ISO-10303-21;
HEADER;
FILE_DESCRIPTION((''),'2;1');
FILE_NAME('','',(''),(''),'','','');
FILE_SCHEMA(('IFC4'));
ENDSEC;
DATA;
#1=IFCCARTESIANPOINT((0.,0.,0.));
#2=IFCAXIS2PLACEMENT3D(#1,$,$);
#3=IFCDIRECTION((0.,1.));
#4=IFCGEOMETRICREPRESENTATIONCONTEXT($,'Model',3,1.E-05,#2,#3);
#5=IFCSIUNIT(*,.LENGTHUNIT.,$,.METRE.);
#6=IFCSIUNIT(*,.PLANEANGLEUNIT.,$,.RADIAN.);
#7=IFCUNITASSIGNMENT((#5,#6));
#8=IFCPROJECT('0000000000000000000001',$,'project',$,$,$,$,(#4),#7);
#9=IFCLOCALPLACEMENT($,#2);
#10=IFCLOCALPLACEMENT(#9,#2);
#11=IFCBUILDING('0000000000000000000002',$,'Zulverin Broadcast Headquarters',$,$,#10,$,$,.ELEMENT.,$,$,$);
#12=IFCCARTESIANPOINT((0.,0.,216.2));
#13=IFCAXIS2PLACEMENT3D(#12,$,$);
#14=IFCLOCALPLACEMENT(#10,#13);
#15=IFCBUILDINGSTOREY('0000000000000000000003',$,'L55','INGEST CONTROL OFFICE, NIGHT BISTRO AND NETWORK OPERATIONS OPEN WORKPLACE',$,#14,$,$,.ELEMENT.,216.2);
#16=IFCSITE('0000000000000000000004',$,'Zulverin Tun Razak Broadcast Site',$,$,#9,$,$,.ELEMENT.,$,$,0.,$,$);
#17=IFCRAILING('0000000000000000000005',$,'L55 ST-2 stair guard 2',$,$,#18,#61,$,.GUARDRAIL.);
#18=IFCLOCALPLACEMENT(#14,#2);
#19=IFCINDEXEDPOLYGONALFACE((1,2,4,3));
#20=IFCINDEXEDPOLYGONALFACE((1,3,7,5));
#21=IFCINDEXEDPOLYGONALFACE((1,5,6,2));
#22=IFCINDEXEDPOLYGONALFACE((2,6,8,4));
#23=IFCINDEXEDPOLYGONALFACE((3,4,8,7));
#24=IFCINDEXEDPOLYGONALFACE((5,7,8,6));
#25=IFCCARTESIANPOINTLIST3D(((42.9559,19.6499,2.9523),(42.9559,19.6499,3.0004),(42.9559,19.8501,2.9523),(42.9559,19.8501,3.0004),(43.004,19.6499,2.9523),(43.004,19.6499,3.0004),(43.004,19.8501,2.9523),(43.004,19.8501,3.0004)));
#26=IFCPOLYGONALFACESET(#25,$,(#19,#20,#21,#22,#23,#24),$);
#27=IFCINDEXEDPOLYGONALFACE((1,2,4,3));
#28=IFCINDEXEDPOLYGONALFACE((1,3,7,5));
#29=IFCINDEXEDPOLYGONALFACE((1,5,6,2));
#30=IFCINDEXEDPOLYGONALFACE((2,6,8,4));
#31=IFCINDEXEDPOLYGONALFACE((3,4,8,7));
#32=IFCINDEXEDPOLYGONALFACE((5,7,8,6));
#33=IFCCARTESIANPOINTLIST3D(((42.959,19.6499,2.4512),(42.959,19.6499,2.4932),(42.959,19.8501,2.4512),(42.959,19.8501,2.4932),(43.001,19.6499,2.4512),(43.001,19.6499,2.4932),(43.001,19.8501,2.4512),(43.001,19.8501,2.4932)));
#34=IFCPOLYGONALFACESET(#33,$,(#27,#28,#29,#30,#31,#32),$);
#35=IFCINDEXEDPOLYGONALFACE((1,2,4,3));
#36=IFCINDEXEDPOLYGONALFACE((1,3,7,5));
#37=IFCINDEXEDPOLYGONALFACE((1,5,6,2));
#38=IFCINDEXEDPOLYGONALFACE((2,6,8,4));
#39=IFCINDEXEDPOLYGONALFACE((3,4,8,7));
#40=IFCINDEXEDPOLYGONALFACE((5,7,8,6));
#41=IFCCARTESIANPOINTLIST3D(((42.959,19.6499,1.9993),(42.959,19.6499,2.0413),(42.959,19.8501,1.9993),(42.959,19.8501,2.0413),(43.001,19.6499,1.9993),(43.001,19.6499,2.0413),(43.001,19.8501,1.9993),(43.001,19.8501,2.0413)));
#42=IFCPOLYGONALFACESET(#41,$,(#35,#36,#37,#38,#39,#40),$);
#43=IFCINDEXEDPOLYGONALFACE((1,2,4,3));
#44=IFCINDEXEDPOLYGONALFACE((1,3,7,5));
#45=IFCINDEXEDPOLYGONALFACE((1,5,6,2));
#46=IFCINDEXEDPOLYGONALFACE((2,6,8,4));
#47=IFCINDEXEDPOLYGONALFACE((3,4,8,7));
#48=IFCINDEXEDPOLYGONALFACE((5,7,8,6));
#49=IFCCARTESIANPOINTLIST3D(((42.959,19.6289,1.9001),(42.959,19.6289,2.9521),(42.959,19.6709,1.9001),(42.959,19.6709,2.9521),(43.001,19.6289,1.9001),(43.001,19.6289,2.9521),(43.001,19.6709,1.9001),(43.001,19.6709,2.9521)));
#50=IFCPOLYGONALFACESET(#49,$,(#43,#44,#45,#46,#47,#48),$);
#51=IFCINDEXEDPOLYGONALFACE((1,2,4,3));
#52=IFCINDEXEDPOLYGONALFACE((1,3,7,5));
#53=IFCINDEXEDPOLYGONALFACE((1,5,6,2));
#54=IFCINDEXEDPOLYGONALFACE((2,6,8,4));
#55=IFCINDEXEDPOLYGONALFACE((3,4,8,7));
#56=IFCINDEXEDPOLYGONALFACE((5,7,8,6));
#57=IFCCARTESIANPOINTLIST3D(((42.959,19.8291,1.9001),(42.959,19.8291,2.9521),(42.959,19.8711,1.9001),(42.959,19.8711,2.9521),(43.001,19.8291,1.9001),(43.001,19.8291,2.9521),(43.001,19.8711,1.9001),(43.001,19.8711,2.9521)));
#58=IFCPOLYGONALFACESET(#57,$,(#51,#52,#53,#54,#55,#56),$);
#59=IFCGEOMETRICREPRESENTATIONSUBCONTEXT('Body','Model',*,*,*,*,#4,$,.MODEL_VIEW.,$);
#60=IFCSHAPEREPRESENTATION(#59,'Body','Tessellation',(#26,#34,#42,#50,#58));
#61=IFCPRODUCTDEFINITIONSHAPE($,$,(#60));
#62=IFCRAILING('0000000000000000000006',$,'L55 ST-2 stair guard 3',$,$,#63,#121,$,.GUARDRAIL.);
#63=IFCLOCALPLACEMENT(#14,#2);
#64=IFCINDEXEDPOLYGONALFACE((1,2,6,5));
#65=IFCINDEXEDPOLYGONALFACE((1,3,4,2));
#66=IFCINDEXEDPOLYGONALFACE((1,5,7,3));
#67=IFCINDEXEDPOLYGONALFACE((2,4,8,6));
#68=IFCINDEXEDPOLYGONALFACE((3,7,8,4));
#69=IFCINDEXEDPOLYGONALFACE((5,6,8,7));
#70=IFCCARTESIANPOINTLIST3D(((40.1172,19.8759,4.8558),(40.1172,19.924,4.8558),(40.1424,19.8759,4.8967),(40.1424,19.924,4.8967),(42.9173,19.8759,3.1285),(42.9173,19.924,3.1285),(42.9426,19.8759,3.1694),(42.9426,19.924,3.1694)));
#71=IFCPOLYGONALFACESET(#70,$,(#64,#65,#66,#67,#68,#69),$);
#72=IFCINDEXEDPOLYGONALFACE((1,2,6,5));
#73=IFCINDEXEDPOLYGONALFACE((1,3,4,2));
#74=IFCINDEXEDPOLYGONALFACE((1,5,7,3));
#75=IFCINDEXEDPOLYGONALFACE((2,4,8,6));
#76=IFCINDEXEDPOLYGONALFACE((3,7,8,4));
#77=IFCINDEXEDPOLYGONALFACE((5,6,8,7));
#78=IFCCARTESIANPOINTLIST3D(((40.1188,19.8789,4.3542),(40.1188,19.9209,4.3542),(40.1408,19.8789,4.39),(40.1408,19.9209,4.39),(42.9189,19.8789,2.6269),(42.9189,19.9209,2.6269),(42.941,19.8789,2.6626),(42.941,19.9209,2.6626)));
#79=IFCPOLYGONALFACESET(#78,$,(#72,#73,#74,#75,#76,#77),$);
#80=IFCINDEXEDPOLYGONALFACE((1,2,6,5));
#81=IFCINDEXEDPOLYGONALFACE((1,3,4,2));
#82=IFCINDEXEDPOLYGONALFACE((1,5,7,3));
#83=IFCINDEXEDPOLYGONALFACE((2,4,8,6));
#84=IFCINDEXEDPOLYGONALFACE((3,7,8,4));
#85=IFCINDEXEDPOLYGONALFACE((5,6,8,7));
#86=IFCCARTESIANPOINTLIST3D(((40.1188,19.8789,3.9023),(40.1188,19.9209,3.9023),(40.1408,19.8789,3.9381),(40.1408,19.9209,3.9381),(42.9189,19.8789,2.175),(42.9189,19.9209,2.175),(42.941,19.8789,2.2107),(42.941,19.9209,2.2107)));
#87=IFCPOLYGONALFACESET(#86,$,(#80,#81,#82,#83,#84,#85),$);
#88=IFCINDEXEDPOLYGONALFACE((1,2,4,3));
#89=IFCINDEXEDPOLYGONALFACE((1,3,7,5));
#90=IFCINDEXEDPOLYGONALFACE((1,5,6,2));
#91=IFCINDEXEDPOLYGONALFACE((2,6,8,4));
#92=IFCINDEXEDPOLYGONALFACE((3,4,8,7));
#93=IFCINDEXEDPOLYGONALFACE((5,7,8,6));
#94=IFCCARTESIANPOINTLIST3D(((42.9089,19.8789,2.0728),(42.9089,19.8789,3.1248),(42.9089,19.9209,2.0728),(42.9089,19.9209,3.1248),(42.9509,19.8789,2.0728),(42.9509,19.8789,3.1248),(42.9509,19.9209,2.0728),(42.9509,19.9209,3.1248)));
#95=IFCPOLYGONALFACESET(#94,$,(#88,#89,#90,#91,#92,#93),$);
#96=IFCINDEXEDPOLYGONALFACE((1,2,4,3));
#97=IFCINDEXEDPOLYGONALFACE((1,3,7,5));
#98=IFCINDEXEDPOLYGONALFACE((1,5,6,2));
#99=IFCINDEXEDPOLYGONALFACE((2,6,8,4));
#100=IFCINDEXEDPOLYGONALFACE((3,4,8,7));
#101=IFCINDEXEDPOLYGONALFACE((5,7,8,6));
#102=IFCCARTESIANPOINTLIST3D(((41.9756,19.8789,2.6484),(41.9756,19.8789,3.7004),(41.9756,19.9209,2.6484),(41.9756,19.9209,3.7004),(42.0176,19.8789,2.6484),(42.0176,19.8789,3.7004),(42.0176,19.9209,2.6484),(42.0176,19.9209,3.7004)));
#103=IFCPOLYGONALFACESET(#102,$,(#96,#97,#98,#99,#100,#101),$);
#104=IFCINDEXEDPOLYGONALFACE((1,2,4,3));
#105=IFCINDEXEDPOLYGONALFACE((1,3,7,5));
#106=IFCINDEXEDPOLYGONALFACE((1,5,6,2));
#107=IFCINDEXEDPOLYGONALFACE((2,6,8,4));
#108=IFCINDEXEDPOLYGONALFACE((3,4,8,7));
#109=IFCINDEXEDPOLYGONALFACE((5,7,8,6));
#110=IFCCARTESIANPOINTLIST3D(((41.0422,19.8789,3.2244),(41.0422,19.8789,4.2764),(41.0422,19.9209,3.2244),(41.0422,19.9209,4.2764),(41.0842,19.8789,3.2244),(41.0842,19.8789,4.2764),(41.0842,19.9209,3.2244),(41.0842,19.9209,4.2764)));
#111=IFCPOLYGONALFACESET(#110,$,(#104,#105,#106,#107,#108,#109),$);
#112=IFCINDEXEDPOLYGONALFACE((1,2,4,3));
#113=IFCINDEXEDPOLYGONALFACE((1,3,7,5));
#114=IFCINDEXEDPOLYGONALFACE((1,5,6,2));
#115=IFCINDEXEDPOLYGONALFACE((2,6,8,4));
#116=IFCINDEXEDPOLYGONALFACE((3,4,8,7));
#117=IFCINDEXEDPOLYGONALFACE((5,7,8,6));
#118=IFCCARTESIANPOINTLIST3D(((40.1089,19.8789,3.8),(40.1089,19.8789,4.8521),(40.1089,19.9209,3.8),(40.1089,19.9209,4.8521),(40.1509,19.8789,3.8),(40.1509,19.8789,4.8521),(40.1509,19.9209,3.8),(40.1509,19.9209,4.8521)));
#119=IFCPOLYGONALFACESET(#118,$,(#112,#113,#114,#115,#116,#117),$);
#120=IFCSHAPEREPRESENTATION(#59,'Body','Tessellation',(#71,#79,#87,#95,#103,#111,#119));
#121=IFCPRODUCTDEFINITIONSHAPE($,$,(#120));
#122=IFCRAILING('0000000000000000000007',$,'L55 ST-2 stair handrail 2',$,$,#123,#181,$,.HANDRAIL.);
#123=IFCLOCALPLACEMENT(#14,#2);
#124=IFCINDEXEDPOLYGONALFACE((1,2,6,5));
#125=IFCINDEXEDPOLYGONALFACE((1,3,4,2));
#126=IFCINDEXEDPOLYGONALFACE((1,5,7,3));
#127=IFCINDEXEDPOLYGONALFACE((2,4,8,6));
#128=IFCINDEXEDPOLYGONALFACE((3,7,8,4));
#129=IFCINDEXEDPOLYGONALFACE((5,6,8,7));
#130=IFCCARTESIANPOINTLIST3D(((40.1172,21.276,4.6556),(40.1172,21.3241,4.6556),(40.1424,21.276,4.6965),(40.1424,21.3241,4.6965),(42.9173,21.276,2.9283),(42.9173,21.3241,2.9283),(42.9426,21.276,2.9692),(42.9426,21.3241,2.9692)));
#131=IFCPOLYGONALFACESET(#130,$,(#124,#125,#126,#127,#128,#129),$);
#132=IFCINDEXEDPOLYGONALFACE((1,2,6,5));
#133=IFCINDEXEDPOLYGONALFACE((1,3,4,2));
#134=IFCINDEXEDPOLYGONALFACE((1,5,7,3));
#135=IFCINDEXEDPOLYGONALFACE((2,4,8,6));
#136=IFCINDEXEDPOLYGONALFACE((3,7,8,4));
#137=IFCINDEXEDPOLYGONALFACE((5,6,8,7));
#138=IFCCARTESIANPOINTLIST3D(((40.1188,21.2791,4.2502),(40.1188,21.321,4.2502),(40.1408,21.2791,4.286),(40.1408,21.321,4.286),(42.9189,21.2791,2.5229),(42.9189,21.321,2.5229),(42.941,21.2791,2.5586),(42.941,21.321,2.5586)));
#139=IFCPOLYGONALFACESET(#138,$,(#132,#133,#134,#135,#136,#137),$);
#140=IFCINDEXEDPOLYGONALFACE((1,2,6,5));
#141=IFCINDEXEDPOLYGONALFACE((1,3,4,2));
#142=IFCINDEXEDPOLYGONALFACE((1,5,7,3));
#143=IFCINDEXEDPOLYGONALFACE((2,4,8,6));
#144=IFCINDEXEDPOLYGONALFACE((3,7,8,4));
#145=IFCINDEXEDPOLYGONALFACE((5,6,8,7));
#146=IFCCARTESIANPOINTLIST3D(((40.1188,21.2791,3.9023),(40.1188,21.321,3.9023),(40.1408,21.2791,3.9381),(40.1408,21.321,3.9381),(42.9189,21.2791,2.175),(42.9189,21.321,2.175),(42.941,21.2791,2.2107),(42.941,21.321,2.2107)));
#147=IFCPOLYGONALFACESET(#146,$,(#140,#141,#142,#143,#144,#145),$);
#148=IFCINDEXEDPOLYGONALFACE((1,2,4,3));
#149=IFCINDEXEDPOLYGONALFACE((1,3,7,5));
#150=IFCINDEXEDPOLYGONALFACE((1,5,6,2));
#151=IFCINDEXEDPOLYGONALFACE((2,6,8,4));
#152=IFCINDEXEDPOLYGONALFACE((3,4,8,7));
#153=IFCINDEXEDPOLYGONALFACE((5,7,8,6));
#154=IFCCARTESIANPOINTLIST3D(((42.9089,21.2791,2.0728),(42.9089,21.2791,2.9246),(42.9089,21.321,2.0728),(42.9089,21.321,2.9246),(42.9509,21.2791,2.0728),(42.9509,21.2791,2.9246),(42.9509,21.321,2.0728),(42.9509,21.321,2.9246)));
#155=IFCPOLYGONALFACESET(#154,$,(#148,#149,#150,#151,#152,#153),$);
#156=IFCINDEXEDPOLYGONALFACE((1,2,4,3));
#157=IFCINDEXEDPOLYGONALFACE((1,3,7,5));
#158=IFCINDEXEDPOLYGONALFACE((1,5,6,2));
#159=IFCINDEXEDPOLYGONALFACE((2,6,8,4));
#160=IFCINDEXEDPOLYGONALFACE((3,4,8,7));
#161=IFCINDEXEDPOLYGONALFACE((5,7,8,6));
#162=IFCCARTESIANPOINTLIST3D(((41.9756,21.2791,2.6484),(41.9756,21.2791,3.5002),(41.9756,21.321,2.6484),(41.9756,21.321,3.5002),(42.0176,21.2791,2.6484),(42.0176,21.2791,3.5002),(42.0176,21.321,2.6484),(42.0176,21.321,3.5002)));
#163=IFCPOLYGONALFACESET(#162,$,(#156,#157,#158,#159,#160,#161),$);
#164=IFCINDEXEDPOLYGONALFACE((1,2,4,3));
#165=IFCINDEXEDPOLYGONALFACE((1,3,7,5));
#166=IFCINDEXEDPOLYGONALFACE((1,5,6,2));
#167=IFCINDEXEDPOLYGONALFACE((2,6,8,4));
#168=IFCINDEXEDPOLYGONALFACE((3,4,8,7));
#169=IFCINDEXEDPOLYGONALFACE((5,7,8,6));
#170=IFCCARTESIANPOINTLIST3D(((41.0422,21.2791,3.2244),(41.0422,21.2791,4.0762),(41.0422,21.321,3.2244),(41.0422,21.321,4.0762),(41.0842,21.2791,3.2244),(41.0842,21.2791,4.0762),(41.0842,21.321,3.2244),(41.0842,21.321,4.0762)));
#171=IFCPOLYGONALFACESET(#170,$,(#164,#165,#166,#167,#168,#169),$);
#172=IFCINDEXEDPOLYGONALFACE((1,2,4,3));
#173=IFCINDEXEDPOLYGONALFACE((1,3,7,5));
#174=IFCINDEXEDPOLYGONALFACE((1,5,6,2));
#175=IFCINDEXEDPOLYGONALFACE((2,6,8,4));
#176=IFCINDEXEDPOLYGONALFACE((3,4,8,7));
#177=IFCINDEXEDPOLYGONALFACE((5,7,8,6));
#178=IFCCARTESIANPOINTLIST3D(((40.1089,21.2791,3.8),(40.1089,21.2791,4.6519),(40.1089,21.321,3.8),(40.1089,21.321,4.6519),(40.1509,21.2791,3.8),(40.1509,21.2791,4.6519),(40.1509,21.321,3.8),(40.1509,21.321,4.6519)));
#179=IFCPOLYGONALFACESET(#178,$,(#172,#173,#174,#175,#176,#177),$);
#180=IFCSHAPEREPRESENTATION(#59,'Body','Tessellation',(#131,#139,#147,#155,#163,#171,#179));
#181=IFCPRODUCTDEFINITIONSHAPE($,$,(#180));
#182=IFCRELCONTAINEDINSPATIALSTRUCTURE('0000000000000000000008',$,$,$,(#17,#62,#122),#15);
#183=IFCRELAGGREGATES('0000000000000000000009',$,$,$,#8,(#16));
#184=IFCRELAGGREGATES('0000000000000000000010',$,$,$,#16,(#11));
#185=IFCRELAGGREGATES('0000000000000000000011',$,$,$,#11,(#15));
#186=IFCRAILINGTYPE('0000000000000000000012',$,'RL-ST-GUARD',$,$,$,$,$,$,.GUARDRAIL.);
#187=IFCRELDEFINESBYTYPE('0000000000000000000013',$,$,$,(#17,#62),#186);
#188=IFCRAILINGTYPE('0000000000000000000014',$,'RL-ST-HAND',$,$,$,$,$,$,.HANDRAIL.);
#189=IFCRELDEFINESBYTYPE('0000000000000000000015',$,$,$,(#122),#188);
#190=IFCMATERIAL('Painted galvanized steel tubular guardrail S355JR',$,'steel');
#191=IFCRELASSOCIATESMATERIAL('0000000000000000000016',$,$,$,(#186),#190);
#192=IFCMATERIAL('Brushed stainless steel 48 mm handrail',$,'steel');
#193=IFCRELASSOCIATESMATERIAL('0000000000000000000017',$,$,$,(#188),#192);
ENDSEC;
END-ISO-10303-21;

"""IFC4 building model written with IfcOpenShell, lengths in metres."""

from ifc_helpers import new_model, si_unit, direction, frame, origin, origin_2d, place, context, subcontext, project, spatial, rectangle, extrude, material, type_object, element, save


model = new_model("IFC4")

# Units and contexts
model_context = context("Model", 3, precision=1e-05, world=origin(), true_north=direction((0.0, 1.0)))
body_context = subcontext(model_context, "Body", "Model", "MODEL_VIEW")
ifc_project = project(units=[si_unit("LENGTHUNIT", "METRE"), si_unit("PLANEANGLEUNIT", "RADIAN")], contexts=[model_context])

# Site, building, storey
site_placement = place(None, origin())
site = spatial("IfcSite", under=ifc_project, at=site_placement, Name="Zulverin Tun Razak Broadcast Site", CompositionType="ELEMENT", RefElevation=0.0)
building_placement = place(site_placement, origin())
building = spatial("IfcBuilding", under=site, at=building_placement, Name="Zulverin Broadcast Headquarters", CompositionType="ELEMENT")
storey_placement = place(building_placement, frame((0.0, 0.0, 216.2)))
storey = spatial("IfcBuildingStorey", under=building, at=storey_placement, Name="L55", Description="INGEST CONTROL OFFICE, NIGHT BISTRO AND NETWORK OPERATIONS OPEN WORKPLACE", CompositionType="ELEMENT", Elevation=216.2)

# Railings
ifc_material_1 = material(Name="Painted galvanized steel tubular guardrail S355JR", Category="steel")
railing_type_1 = type_object("IfcRailingType", Name="RL-ST-GUARD", PredefinedType="GUARDRAIL", material=ifc_material_1)
railing_1_placement = place(storey_placement, frame((42.98, 19.6499, 1.9001)))
element("IfcRailing", 1, at=railing_1_placement, inside=storey, type_object=railing_type_1, Name="L55 ST-2 stair guard 2", PredefinedType="GUARDRAIL", context=body_context, shape_type="SweptSolid", body=[
    extrude(rectangle(XDim=0.0481, YDim=0.0481, at=origin_2d()), frame((0.0, 0.0, 1.0762), z_axis=(0.0, 1.0, 0.0), x_axis=(-1.0, 0.0, 0.0)), (0.0, 0.0, 1.0), 0.2002),
    extrude(rectangle(XDim=0.042, YDim=0.042, at=origin_2d()), frame((0.0, 0.0, 0.572), z_axis=(0.0, 1.0, 0.0), x_axis=(-1.0, 0.0, 0.0)), (0.0, 0.0, 1.0), 0.2002),
    extrude(rectangle(XDim=0.042, YDim=0.042, at=origin_2d()), frame((0.0, 0.0, 0.1201), z_axis=(0.0, 1.0, 0.0), x_axis=(-1.0, 0.0, 0.0)), (0.0, 0.0, 1.0), 0.2002),
    extrude(rectangle(XDim=0.042, YDim=0.042, at=origin_2d()), origin(), (0.0, 0.0, 1.0), 1.052),
    extrude(rectangle(XDim=0.042, YDim=0.042, at=origin_2d()), frame((0.0, 0.2002, 0.0)), (0.0, 0.0, 1.0), 1.052),
])
railing_2_placement = place(storey_placement, frame((42.9299, 19.8999, 2.0728)))
element("IfcRailing", 2, at=railing_2_placement, inside=storey, type_object=railing_type_1, Name="L55 ST-2 stair guard 3", PredefinedType="GUARDRAIL", context=body_context, shape_type="SweptSolid", body=[
    extrude(rectangle(XDim=0.0481, YDim=0.0481, at=origin_2d()), frame((0.0, 0.0, 1.0762), z_axis=(-0.85109, 0.0, 0.52502), x_axis=(0.0, -1.0, 0.0)), (0.0, 0.0, 1.0), 3.29),
    extrude(rectangle(XDim=0.042, YDim=0.042, at=origin_2d()), frame((0.0, 0.0, 0.572), z_axis=(-0.85109, 0.0, 0.52502), x_axis=(0.0, -1.0, 0.0)), (0.0, 0.0, 1.0), 3.29),
    extrude(rectangle(XDim=0.042, YDim=0.042, at=origin_2d()), frame((0.0, 0.0, 0.1201), z_axis=(-0.85109, 0.0, 0.52502), x_axis=(0.0, -1.0, 0.0)), (0.0, 0.0, 1.0), 3.29),
    extrude(rectangle(XDim=0.042, YDim=0.042, at=origin_2d()), origin(), (0.0, 0.0, 1.0), 1.052),
    extrude(rectangle(XDim=0.042, YDim=0.042, at=origin_2d()), frame((-0.9333, 0.0, 0.5757)), (0.0, 0.0, 1.0), 1.052),
    extrude(rectangle(XDim=0.042, YDim=0.042, at=origin_2d()), frame((-1.8667, 0.0, 1.1516)), (0.0, 0.0, 1.0), 1.052),
    extrude(rectangle(XDim=0.042, YDim=0.042, at=origin_2d()), frame((-2.8, 0.0, 1.7273)), (0.0, 0.0, 1.0), 1.052),
])
ifc_material_2 = material(Name="Brushed stainless steel 48 mm handrail", Category="steel")
railing_type_2 = type_object("IfcRailingType", Name="RL-ST-HAND", PredefinedType="HANDRAIL", material=ifc_material_2)
railing_3_placement = place(storey_placement, frame((42.9299, 21.3, 2.0728)))
element("IfcRailing", 3, at=railing_3_placement, inside=storey, type_object=railing_type_2, Name="L55 ST-2 stair handrail 2", PredefinedType="HANDRAIL", context=body_context, shape_type="SweptSolid", body=[
    extrude(rectangle(XDim=0.0481, YDim=0.0481, at=origin_2d()), frame((0.0, 0.0, 0.876), z_axis=(-0.85109, 0.0, 0.52502), x_axis=(0.0, -1.0, 0.0)), (0.0, 0.0, 1.0), 3.29),
    extrude(rectangle(XDim=0.042, YDim=0.042, at=origin_2d()), frame((0.0, 0.0, 0.468), z_axis=(-0.85109, 0.0, 0.52502), x_axis=(0.0, -1.0, 0.0)), (0.0, 0.0, 1.0), 3.29),
    extrude(rectangle(XDim=0.042, YDim=0.042, at=origin_2d()), frame((0.0, 0.0, 0.1201), z_axis=(-0.85109, 0.0, 0.52502), x_axis=(0.0, -1.0, 0.0)), (0.0, 0.0, 1.0), 3.29),
    extrude(rectangle(XDim=0.042, YDim=0.042, at=origin_2d()), origin(), (0.0, 0.0, 1.0), 0.8518),
    extrude(rectangle(XDim=0.042, YDim=0.042, at=origin_2d()), frame((-0.9333, 0.0, 0.5757)), (0.0, 0.0, 1.0), 0.8518),
    extrude(rectangle(XDim=0.042, YDim=0.042, at=origin_2d()), frame((-1.8667, 0.0, 1.1516)), (0.0, 0.0, 1.0), 0.8518),
    extrude(rectangle(XDim=0.042, YDim=0.042, at=origin_2d()), frame((-2.8, 0.0, 1.7273)), (0.0, 0.0, 1.0), 0.8518),
])

save(model, "model.ifc")
